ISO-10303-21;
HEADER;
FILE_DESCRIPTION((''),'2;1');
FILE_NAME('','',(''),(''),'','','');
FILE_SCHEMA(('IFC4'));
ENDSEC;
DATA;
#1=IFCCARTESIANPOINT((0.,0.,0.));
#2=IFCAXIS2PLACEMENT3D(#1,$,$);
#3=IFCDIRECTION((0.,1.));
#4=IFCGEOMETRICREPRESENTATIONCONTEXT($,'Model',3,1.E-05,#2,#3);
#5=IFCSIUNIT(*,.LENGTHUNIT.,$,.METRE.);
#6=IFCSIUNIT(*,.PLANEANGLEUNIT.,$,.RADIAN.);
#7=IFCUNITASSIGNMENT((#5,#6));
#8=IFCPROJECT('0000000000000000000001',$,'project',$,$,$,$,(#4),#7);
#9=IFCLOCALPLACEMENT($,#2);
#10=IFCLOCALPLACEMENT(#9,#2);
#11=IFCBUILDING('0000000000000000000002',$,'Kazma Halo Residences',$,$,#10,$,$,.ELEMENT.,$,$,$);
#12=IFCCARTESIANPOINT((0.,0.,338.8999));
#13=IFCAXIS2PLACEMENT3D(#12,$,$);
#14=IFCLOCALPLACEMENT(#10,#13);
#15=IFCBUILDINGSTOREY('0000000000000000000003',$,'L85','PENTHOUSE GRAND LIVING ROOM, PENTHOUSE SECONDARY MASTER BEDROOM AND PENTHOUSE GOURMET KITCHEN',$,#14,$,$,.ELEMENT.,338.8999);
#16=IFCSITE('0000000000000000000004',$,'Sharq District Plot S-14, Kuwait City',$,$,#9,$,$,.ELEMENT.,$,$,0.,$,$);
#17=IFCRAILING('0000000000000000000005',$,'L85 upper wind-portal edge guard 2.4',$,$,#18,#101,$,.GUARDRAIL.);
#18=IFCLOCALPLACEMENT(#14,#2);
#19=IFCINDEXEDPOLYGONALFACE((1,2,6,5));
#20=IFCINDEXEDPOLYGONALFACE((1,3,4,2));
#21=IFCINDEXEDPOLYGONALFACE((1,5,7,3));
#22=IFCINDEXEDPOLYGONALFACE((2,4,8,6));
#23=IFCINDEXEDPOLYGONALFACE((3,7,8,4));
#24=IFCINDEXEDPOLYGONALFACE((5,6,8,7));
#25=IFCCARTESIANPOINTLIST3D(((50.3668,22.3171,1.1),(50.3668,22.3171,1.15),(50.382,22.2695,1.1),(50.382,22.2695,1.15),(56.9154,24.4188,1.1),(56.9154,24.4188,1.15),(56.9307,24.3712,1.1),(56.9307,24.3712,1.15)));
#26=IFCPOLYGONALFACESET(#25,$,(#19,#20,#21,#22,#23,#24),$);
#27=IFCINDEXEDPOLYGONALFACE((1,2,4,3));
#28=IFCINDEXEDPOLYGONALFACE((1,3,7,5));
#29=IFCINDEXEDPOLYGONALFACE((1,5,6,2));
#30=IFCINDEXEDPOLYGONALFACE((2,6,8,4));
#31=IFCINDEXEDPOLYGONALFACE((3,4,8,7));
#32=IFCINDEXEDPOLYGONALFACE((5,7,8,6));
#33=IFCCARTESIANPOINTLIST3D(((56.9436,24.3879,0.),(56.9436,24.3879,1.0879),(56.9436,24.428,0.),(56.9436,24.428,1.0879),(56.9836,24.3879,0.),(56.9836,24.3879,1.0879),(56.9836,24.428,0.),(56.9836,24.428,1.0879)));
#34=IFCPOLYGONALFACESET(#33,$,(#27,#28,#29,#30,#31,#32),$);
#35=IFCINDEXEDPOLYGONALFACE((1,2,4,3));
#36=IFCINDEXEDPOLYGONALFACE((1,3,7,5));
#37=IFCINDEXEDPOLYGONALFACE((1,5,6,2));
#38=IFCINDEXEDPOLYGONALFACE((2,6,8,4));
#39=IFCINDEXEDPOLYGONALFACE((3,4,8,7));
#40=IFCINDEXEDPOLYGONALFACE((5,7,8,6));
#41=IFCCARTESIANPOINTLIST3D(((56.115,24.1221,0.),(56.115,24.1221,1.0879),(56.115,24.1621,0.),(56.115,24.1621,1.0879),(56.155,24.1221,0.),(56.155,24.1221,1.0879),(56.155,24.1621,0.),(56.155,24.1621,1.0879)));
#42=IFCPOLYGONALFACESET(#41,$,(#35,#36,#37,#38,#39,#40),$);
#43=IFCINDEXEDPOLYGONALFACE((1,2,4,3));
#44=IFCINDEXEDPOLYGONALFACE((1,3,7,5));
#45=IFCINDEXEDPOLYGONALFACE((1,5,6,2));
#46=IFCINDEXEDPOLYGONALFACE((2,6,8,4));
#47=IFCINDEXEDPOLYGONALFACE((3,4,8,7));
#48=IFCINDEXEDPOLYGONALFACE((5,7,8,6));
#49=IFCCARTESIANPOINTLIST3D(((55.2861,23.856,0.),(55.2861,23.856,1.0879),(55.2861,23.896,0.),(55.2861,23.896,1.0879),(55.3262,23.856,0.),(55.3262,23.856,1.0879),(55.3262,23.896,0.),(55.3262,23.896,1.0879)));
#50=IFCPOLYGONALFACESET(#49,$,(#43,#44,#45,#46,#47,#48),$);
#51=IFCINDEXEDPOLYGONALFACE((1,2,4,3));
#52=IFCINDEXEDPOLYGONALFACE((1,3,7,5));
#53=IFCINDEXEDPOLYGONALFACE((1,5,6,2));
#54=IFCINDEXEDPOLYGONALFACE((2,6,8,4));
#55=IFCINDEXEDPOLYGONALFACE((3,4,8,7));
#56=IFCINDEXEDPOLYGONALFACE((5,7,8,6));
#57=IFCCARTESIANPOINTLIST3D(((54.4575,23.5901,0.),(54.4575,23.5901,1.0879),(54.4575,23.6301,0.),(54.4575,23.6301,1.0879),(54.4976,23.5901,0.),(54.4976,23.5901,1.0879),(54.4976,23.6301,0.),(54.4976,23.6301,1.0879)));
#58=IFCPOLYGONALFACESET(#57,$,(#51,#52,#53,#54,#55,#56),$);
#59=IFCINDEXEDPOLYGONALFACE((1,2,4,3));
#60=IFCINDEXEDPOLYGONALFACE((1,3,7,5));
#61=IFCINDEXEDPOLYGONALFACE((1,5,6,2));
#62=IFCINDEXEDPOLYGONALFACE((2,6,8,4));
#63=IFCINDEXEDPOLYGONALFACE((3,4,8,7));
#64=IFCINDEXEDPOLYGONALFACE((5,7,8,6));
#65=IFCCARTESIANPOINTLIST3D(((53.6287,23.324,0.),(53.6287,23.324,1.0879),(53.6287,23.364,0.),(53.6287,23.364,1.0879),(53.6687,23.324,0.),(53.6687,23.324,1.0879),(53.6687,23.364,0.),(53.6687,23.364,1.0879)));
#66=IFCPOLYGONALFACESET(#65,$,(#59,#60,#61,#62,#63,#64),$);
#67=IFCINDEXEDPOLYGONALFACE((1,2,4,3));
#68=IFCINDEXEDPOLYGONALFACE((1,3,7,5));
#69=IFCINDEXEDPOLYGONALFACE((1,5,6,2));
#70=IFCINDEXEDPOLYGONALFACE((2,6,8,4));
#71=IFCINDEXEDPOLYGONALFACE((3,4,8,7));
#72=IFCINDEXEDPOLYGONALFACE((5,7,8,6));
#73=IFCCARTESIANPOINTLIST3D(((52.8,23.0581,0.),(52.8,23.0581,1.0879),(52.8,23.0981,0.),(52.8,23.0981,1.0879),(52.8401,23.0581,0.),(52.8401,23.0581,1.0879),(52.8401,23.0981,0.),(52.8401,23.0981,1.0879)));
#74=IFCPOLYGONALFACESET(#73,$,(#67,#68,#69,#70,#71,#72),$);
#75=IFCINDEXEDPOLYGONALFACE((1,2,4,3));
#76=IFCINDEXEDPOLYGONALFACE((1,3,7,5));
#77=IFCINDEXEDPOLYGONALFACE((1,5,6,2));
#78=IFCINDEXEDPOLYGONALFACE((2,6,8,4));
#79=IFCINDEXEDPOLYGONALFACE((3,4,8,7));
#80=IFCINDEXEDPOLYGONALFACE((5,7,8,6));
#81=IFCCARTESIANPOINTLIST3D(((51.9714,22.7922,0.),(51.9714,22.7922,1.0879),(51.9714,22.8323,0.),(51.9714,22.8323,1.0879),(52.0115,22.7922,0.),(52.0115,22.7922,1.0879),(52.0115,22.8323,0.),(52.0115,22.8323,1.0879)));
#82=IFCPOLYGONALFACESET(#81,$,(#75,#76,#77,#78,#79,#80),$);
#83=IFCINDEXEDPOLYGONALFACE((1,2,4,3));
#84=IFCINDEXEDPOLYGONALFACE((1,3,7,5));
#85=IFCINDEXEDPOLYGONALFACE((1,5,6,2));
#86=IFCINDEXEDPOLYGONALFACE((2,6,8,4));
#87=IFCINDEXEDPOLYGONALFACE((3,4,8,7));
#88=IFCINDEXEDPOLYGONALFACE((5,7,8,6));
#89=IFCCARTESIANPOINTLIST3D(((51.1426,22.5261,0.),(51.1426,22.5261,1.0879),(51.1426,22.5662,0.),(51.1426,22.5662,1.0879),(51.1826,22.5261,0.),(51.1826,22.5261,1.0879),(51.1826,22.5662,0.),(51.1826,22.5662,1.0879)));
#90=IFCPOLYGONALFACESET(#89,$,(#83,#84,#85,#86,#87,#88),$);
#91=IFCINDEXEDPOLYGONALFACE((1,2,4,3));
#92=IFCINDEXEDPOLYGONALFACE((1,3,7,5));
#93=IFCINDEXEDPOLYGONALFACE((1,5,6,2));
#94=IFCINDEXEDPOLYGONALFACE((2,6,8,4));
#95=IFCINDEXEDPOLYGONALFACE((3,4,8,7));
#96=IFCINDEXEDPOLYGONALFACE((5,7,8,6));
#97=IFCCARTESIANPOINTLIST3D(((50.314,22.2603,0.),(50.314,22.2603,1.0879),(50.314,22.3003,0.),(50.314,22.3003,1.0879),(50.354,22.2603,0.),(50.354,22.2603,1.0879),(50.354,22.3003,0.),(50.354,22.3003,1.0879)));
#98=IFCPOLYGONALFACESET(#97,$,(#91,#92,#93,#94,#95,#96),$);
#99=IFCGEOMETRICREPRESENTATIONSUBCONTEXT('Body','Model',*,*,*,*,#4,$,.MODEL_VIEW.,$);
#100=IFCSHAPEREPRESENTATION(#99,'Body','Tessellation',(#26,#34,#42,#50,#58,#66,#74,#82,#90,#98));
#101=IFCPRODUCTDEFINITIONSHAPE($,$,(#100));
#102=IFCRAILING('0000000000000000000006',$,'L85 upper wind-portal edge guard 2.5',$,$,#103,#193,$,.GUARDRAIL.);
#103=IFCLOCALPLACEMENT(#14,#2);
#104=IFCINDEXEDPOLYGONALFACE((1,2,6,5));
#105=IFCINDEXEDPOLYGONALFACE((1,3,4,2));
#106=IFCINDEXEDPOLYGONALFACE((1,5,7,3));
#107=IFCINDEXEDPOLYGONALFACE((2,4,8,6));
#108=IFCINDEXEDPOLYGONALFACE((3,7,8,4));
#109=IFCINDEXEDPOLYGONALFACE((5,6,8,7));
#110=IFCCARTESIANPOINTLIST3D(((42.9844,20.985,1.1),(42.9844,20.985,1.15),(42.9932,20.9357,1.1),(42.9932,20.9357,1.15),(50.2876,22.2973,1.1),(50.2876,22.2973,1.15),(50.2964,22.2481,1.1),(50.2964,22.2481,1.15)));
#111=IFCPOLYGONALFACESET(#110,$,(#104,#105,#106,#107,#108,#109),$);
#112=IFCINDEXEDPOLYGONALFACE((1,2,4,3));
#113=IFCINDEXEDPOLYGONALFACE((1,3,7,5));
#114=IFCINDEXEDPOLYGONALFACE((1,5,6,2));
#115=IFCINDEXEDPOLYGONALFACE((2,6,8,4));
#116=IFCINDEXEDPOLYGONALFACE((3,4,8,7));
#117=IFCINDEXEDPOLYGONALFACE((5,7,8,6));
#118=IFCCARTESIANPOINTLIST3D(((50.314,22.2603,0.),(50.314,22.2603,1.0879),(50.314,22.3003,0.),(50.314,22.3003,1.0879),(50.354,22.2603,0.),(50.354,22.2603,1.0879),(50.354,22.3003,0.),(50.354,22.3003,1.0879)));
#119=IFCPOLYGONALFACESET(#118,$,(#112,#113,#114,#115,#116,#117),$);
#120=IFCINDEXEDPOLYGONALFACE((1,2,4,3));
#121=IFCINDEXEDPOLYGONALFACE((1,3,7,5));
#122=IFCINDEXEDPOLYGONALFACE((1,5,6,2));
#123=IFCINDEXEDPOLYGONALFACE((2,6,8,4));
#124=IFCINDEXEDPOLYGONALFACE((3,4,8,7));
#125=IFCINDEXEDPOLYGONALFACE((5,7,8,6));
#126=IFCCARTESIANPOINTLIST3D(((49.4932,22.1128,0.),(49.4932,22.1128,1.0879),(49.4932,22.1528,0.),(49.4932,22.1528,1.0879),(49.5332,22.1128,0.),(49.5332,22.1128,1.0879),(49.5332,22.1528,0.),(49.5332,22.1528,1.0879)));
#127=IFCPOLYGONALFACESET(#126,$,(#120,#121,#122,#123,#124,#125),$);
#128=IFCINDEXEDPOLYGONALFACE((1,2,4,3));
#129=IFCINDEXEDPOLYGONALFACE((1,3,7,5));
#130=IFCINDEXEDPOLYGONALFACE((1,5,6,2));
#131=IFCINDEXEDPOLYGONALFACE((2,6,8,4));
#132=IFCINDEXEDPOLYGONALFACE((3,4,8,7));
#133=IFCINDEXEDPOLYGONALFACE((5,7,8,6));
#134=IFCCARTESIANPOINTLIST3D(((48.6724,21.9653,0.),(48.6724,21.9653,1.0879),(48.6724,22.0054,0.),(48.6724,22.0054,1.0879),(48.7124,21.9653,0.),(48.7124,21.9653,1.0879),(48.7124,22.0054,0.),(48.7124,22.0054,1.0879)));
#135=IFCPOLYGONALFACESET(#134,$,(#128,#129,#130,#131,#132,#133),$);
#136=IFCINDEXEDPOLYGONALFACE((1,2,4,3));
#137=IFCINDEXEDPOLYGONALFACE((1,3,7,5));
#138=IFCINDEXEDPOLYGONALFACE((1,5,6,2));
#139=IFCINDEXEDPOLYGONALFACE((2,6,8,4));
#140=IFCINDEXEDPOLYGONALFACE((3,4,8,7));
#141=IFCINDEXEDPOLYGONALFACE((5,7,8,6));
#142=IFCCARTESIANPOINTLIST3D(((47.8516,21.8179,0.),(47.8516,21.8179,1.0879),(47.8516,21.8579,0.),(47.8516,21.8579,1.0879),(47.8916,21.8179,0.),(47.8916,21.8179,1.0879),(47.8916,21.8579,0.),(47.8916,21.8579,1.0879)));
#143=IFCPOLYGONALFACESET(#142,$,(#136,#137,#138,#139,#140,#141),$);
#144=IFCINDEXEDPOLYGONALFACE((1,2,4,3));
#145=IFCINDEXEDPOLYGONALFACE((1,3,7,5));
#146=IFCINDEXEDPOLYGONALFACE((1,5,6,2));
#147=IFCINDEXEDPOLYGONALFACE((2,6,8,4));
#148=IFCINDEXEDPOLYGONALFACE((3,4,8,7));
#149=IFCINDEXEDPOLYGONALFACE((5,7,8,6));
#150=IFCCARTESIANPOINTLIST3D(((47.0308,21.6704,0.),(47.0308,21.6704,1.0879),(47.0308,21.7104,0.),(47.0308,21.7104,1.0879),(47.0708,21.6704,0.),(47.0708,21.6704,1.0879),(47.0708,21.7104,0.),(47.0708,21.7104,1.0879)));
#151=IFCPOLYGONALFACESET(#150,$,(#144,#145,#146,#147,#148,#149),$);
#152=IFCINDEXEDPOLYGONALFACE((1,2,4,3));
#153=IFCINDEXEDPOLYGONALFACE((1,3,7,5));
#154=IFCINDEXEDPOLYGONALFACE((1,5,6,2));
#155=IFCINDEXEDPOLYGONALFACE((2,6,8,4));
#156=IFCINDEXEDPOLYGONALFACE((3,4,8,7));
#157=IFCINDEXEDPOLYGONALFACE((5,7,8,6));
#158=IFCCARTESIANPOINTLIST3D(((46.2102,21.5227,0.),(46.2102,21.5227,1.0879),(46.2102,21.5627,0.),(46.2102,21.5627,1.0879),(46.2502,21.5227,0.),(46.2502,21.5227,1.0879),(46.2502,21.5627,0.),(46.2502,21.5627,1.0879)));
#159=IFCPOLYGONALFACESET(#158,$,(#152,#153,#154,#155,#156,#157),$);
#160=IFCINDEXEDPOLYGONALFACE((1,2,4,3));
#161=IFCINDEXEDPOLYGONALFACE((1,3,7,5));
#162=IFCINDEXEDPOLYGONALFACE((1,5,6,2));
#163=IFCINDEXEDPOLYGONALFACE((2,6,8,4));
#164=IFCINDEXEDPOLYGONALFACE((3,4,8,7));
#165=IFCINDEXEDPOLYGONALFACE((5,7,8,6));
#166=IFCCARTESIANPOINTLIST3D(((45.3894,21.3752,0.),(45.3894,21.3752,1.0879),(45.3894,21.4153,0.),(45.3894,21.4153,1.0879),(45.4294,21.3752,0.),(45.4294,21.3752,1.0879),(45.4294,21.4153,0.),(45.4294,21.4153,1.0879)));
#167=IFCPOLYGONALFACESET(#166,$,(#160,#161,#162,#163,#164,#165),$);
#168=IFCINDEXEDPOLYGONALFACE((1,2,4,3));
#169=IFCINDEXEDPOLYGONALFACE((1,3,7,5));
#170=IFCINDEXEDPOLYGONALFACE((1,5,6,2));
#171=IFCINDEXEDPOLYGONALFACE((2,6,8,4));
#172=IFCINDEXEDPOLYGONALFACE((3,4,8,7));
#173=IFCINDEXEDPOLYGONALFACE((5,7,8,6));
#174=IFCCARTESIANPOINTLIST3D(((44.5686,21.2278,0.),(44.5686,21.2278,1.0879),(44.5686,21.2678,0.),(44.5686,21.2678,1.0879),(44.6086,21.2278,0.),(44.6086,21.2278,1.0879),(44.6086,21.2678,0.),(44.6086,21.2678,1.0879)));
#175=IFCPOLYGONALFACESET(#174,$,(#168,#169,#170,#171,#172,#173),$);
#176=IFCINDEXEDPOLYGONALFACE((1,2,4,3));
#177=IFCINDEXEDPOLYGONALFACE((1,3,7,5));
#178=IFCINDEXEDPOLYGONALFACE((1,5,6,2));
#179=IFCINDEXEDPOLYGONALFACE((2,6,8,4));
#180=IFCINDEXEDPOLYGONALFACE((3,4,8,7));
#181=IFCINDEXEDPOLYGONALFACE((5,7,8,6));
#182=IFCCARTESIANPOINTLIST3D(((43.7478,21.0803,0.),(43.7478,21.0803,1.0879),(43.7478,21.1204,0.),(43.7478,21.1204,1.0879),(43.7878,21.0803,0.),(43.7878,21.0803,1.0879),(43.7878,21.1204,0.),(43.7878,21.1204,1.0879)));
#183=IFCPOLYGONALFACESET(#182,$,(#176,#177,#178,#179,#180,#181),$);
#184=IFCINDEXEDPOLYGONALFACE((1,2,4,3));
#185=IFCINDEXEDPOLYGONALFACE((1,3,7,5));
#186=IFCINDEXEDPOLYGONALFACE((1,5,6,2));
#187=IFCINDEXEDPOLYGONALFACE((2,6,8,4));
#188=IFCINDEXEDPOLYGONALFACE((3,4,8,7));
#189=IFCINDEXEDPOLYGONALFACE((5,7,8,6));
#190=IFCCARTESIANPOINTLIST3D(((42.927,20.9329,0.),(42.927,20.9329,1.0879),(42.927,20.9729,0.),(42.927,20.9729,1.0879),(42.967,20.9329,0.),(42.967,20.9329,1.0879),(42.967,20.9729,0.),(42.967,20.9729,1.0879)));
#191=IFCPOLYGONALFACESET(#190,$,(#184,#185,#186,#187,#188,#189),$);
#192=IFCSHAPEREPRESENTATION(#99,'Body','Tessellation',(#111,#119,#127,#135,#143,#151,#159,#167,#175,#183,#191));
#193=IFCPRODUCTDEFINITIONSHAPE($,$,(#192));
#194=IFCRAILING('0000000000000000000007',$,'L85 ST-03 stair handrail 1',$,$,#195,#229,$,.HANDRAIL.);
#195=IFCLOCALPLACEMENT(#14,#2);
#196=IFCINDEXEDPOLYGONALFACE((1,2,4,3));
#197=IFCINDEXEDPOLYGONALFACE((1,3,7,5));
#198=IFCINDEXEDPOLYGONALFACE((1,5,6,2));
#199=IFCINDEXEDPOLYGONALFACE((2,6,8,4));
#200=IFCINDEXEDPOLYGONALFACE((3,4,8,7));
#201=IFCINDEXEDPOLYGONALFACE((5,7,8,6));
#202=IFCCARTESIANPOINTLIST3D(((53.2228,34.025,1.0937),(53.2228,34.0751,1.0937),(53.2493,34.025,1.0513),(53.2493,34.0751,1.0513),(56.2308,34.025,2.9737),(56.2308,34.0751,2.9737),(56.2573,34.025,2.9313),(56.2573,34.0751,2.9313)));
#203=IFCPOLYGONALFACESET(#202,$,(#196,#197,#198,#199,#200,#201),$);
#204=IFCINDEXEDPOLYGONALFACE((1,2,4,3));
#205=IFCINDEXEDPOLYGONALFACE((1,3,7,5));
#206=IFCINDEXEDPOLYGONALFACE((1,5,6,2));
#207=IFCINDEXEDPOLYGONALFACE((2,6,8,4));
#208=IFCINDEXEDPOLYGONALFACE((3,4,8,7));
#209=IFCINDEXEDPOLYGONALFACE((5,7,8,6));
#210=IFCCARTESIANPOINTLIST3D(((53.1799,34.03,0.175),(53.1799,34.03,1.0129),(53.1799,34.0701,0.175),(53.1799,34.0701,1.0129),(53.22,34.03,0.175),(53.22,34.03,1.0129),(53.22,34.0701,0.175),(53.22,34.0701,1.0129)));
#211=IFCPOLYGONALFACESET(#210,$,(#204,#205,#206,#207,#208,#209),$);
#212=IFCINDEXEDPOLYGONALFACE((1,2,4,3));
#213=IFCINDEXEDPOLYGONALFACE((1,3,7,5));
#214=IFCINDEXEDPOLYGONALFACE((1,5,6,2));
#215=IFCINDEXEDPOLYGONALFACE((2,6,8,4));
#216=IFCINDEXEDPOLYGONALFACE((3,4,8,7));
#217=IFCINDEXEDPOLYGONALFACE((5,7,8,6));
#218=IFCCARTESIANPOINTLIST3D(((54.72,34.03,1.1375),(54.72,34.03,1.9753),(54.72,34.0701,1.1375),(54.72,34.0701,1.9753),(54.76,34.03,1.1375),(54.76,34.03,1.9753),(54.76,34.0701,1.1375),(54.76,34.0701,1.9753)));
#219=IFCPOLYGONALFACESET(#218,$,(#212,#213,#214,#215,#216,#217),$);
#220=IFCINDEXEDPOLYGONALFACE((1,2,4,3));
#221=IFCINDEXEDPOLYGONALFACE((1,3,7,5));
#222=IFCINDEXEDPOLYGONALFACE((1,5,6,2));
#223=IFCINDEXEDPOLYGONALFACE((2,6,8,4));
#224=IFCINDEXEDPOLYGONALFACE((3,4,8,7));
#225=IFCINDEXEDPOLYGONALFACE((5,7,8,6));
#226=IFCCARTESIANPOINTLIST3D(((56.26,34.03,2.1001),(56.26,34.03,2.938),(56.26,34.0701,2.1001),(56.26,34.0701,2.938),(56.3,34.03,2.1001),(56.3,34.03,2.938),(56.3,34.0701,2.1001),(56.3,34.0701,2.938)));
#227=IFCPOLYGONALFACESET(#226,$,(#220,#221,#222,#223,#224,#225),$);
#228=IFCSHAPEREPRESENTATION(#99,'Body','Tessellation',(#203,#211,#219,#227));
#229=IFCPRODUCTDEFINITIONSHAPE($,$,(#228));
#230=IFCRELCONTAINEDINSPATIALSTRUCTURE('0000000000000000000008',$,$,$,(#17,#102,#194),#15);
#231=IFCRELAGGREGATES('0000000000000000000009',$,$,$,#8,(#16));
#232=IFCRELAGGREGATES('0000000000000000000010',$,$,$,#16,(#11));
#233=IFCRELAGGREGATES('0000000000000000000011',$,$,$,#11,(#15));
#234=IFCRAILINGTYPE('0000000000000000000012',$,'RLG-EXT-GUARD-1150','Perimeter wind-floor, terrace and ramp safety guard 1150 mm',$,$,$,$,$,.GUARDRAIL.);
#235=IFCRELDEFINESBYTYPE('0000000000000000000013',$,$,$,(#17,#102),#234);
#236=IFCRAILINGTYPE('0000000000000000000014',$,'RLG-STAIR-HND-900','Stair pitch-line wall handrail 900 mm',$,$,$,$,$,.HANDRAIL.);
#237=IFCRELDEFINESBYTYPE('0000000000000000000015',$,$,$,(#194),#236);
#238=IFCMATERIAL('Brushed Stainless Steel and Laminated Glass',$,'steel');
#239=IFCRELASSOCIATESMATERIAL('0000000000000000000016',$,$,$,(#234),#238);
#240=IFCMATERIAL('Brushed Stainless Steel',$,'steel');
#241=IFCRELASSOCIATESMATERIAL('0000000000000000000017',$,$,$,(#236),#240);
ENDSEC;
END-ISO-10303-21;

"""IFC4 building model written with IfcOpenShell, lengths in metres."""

from ifc_helpers import new_model, si_unit, direction, frame, origin, origin_2d, place, context, subcontext, project, spatial, rectangle, extrude, material, type_object, element, save


model = new_model("IFC4")

# Units and contexts
model_context = context("Model", 3, precision=1e-05, world=origin(), true_north=direction((0.0, 1.0)))
body_context = subcontext(model_context, "Body", "Model", "MODEL_VIEW")
ifc_project = project(units=[si_unit("LENGTHUNIT", "METRE"), si_unit("PLANEANGLEUNIT", "RADIAN")], contexts=[model_context])

# Site, building, storey
site_placement = place(None, origin())
site = spatial("IfcSite", under=ifc_project, at=site_placement, Name="Sharq District Plot S-14, Kuwait City", CompositionType="ELEMENT", RefElevation=0.0)
building_placement = place(site_placement, origin())
building = spatial("IfcBuilding", under=site, at=building_placement, Name="Kazma Halo Residences", CompositionType="ELEMENT")
storey_placement = place(building_placement, frame((0.0, 0.0, 338.8999)))
storey = spatial("IfcBuildingStorey", under=building, at=storey_placement, Name="L85", Description="PENTHOUSE GRAND LIVING ROOM, PENTHOUSE SECONDARY MASTER BEDROOM AND PENTHOUSE GOURMET KITCHEN", CompositionType="ELEMENT", Elevation=338.8999)

# Railings
ifc_material_1 = material(Name="Brushed Stainless Steel and Laminated Glass", Category="steel")
railing_type_1 = type_object("IfcRailingType", Name="RLG-EXT-GUARD-1150", Description="Perimeter wind-floor, terrace and ramp safety guard 1150 mm", PredefinedType="GUARDRAIL", material=ifc_material_1)
railing_1_placement = place(storey_placement, frame((56.9636, 24.408, 0.0)))
element("IfcRailing", 1, at=railing_1_placement, inside=storey, type_object=railing_type_1, Name="L85 upper wind-portal edge guard 2.4", PredefinedType="GUARDRAIL", context=body_context, shape_type="SweptSolid", body=[
    extrude(rectangle(XDim=0.05, YDim=0.05, at=origin_2d()), frame((-0.0405, -0.0129, 1.125), z_axis=(-0.952165, -0.305584, 0.0), x_axis=(0.305584, -0.952165, 0.0)), (0.0, 0.0, 1.0), 6.8777),
    extrude(rectangle(XDim=0.04, YDim=0.04, at=origin_2d()), origin(), (0.0, 0.0, 1.0), 1.0879),
    extrude(rectangle(XDim=0.04, YDim=0.04, at=origin_2d()), frame((-0.8286, -0.2659, 0.0)), (0.0, 0.0, 1.0), 1.0879),
    extrude(rectangle(XDim=0.04, YDim=0.04, at=origin_2d()), frame((-1.6575, -0.532, 0.0)), (0.0, 0.0, 1.0), 1.0879),
    extrude(rectangle(XDim=0.04, YDim=0.04, at=origin_2d()), frame((-2.4861, -0.7979, 0.0)), (0.0, 0.0, 1.0), 1.0879),
    extrude(rectangle(XDim=0.04, YDim=0.04, at=origin_2d()), frame((-3.3149, -1.064, 0.0)), (0.0, 0.0, 1.0), 1.0879),
    extrude(rectangle(XDim=0.04, YDim=0.04, at=origin_2d()), frame((-4.1436, -1.3298, 0.0)), (0.0, 0.0, 1.0), 1.0879),
    extrude(rectangle(XDim=0.04, YDim=0.04, at=origin_2d()), frame((-4.9722, -1.5957, 0.0)), (0.0, 0.0, 1.0), 1.0879),
    extrude(rectangle(XDim=0.04, YDim=0.04, at=origin_2d()), frame((-5.801, -1.8618, 0.0)), (0.0, 0.0, 1.0), 1.0879),
    extrude(rectangle(XDim=0.04, YDim=0.04, at=origin_2d()), frame((-6.6296, -2.1277, 0.0)), (0.0, 0.0, 1.0), 1.0879),
])
railing_2_placement = place(storey_placement, frame((50.334, 22.2803, 0.0)))
element("IfcRailing", 2, at=railing_2_placement, inside=storey, type_object=railing_type_1, Name="L85 upper wind-portal edge guard 2.5", PredefinedType="GUARDRAIL", context=body_context, shape_type="SweptSolid", body=[
    extrude(rectangle(XDim=0.05, YDim=0.05, at=origin_2d()), frame((-0.042, -0.0076, 1.125), z_axis=(-0.984236, -0.176861, 0.0), x_axis=(0.176861, -0.984236, 0.0)), (0.0, 0.0, 1.0), 7.4202),
    extrude(rectangle(XDim=0.04, YDim=0.04, at=origin_2d()), origin(), (0.0, 0.0, 1.0), 1.0879),
    extrude(rectangle(XDim=0.04, YDim=0.04, at=origin_2d()), frame((-0.8208, -0.1475, 0.0)), (0.0, 0.0, 1.0), 1.0879),
    extrude(rectangle(XDim=0.04, YDim=0.04, at=origin_2d()), frame((-1.6416, -0.2949, 0.0)), (0.0, 0.0, 1.0), 1.0879),
    extrude(rectangle(XDim=0.04, YDim=0.04, at=origin_2d()), frame((-2.4624, -0.4424, 0.0)), (0.0, 0.0, 1.0), 1.0879),
    extrude(rectangle(XDim=0.04, YDim=0.04, at=origin_2d()), frame((-3.2832, -0.5898, 0.0)), (0.0, 0.0, 1.0), 1.0879),
    extrude(rectangle(XDim=0.04, YDim=0.04, at=origin_2d()), frame((-4.1038, -0.7375, 0.0)), (0.0, 0.0, 1.0), 1.0879),
    extrude(rectangle(XDim=0.04, YDim=0.04, at=origin_2d()), frame((-4.9246, -0.885, 0.0)), (0.0, 0.0, 1.0), 1.0879),
    extrude(rectangle(XDim=0.04, YDim=0.04, at=origin_2d()), frame((-5.7454, -1.0325, 0.0)), (0.0, 0.0, 1.0), 1.0879),
    extrude(rectangle(XDim=0.04, YDim=0.04, at=origin_2d()), frame((-6.5662, -1.1799, 0.0)), (0.0, 0.0, 1.0), 1.0879),
    extrude(rectangle(XDim=0.04, YDim=0.04, at=origin_2d()), frame((-7.387, -1.3274, 0.0)), (0.0, 0.0, 1.0), 1.0879),
])
ifc_material_2 = material(Name="Brushed Stainless Steel", Category="steel")
railing_type_2 = type_object("IfcRailingType", Name="RLG-STAIR-HND-900", Description="Stair pitch-line wall handrail 900 mm", PredefinedType="HANDRAIL", material=ifc_material_2)
railing_3_placement = place(storey_placement, frame((53.2, 34.05, 0.175)))
element("IfcRailing", 3, at=railing_3_placement, inside=storey, type_object=railing_type_2, Name="L85 ST-03 stair handrail 1", PredefinedType="HANDRAIL", context=body_context, shape_type="SweptSolid", body=[
    extrude(rectangle(XDim=0.05, YDim=0.05, at=origin_2d()), frame((0.0361, 0.0, 0.8975), z_axis=(0.847998, 0.0, 0.529999), x_axis=(0.0, 1.0, 0.0)), (0.0, 0.0, 1.0), 3.5471),
    extrude(rectangle(XDim=0.04, YDim=0.04, at=origin_2d()), origin(), (0.0, 0.0, 1.0), 0.8379),
    extrude(rectangle(XDim=0.04, YDim=0.04, at=origin_2d()), frame((1.54, 0.0, 0.9624)), (0.0, 0.0, 1.0), 0.8379),
    extrude(rectangle(XDim=0.04, YDim=0.04, at=origin_2d()), frame((3.0801, 0.0, 1.925)), (0.0, 0.0, 1.0), 0.8379),
])

save(model, "model.ifc")
